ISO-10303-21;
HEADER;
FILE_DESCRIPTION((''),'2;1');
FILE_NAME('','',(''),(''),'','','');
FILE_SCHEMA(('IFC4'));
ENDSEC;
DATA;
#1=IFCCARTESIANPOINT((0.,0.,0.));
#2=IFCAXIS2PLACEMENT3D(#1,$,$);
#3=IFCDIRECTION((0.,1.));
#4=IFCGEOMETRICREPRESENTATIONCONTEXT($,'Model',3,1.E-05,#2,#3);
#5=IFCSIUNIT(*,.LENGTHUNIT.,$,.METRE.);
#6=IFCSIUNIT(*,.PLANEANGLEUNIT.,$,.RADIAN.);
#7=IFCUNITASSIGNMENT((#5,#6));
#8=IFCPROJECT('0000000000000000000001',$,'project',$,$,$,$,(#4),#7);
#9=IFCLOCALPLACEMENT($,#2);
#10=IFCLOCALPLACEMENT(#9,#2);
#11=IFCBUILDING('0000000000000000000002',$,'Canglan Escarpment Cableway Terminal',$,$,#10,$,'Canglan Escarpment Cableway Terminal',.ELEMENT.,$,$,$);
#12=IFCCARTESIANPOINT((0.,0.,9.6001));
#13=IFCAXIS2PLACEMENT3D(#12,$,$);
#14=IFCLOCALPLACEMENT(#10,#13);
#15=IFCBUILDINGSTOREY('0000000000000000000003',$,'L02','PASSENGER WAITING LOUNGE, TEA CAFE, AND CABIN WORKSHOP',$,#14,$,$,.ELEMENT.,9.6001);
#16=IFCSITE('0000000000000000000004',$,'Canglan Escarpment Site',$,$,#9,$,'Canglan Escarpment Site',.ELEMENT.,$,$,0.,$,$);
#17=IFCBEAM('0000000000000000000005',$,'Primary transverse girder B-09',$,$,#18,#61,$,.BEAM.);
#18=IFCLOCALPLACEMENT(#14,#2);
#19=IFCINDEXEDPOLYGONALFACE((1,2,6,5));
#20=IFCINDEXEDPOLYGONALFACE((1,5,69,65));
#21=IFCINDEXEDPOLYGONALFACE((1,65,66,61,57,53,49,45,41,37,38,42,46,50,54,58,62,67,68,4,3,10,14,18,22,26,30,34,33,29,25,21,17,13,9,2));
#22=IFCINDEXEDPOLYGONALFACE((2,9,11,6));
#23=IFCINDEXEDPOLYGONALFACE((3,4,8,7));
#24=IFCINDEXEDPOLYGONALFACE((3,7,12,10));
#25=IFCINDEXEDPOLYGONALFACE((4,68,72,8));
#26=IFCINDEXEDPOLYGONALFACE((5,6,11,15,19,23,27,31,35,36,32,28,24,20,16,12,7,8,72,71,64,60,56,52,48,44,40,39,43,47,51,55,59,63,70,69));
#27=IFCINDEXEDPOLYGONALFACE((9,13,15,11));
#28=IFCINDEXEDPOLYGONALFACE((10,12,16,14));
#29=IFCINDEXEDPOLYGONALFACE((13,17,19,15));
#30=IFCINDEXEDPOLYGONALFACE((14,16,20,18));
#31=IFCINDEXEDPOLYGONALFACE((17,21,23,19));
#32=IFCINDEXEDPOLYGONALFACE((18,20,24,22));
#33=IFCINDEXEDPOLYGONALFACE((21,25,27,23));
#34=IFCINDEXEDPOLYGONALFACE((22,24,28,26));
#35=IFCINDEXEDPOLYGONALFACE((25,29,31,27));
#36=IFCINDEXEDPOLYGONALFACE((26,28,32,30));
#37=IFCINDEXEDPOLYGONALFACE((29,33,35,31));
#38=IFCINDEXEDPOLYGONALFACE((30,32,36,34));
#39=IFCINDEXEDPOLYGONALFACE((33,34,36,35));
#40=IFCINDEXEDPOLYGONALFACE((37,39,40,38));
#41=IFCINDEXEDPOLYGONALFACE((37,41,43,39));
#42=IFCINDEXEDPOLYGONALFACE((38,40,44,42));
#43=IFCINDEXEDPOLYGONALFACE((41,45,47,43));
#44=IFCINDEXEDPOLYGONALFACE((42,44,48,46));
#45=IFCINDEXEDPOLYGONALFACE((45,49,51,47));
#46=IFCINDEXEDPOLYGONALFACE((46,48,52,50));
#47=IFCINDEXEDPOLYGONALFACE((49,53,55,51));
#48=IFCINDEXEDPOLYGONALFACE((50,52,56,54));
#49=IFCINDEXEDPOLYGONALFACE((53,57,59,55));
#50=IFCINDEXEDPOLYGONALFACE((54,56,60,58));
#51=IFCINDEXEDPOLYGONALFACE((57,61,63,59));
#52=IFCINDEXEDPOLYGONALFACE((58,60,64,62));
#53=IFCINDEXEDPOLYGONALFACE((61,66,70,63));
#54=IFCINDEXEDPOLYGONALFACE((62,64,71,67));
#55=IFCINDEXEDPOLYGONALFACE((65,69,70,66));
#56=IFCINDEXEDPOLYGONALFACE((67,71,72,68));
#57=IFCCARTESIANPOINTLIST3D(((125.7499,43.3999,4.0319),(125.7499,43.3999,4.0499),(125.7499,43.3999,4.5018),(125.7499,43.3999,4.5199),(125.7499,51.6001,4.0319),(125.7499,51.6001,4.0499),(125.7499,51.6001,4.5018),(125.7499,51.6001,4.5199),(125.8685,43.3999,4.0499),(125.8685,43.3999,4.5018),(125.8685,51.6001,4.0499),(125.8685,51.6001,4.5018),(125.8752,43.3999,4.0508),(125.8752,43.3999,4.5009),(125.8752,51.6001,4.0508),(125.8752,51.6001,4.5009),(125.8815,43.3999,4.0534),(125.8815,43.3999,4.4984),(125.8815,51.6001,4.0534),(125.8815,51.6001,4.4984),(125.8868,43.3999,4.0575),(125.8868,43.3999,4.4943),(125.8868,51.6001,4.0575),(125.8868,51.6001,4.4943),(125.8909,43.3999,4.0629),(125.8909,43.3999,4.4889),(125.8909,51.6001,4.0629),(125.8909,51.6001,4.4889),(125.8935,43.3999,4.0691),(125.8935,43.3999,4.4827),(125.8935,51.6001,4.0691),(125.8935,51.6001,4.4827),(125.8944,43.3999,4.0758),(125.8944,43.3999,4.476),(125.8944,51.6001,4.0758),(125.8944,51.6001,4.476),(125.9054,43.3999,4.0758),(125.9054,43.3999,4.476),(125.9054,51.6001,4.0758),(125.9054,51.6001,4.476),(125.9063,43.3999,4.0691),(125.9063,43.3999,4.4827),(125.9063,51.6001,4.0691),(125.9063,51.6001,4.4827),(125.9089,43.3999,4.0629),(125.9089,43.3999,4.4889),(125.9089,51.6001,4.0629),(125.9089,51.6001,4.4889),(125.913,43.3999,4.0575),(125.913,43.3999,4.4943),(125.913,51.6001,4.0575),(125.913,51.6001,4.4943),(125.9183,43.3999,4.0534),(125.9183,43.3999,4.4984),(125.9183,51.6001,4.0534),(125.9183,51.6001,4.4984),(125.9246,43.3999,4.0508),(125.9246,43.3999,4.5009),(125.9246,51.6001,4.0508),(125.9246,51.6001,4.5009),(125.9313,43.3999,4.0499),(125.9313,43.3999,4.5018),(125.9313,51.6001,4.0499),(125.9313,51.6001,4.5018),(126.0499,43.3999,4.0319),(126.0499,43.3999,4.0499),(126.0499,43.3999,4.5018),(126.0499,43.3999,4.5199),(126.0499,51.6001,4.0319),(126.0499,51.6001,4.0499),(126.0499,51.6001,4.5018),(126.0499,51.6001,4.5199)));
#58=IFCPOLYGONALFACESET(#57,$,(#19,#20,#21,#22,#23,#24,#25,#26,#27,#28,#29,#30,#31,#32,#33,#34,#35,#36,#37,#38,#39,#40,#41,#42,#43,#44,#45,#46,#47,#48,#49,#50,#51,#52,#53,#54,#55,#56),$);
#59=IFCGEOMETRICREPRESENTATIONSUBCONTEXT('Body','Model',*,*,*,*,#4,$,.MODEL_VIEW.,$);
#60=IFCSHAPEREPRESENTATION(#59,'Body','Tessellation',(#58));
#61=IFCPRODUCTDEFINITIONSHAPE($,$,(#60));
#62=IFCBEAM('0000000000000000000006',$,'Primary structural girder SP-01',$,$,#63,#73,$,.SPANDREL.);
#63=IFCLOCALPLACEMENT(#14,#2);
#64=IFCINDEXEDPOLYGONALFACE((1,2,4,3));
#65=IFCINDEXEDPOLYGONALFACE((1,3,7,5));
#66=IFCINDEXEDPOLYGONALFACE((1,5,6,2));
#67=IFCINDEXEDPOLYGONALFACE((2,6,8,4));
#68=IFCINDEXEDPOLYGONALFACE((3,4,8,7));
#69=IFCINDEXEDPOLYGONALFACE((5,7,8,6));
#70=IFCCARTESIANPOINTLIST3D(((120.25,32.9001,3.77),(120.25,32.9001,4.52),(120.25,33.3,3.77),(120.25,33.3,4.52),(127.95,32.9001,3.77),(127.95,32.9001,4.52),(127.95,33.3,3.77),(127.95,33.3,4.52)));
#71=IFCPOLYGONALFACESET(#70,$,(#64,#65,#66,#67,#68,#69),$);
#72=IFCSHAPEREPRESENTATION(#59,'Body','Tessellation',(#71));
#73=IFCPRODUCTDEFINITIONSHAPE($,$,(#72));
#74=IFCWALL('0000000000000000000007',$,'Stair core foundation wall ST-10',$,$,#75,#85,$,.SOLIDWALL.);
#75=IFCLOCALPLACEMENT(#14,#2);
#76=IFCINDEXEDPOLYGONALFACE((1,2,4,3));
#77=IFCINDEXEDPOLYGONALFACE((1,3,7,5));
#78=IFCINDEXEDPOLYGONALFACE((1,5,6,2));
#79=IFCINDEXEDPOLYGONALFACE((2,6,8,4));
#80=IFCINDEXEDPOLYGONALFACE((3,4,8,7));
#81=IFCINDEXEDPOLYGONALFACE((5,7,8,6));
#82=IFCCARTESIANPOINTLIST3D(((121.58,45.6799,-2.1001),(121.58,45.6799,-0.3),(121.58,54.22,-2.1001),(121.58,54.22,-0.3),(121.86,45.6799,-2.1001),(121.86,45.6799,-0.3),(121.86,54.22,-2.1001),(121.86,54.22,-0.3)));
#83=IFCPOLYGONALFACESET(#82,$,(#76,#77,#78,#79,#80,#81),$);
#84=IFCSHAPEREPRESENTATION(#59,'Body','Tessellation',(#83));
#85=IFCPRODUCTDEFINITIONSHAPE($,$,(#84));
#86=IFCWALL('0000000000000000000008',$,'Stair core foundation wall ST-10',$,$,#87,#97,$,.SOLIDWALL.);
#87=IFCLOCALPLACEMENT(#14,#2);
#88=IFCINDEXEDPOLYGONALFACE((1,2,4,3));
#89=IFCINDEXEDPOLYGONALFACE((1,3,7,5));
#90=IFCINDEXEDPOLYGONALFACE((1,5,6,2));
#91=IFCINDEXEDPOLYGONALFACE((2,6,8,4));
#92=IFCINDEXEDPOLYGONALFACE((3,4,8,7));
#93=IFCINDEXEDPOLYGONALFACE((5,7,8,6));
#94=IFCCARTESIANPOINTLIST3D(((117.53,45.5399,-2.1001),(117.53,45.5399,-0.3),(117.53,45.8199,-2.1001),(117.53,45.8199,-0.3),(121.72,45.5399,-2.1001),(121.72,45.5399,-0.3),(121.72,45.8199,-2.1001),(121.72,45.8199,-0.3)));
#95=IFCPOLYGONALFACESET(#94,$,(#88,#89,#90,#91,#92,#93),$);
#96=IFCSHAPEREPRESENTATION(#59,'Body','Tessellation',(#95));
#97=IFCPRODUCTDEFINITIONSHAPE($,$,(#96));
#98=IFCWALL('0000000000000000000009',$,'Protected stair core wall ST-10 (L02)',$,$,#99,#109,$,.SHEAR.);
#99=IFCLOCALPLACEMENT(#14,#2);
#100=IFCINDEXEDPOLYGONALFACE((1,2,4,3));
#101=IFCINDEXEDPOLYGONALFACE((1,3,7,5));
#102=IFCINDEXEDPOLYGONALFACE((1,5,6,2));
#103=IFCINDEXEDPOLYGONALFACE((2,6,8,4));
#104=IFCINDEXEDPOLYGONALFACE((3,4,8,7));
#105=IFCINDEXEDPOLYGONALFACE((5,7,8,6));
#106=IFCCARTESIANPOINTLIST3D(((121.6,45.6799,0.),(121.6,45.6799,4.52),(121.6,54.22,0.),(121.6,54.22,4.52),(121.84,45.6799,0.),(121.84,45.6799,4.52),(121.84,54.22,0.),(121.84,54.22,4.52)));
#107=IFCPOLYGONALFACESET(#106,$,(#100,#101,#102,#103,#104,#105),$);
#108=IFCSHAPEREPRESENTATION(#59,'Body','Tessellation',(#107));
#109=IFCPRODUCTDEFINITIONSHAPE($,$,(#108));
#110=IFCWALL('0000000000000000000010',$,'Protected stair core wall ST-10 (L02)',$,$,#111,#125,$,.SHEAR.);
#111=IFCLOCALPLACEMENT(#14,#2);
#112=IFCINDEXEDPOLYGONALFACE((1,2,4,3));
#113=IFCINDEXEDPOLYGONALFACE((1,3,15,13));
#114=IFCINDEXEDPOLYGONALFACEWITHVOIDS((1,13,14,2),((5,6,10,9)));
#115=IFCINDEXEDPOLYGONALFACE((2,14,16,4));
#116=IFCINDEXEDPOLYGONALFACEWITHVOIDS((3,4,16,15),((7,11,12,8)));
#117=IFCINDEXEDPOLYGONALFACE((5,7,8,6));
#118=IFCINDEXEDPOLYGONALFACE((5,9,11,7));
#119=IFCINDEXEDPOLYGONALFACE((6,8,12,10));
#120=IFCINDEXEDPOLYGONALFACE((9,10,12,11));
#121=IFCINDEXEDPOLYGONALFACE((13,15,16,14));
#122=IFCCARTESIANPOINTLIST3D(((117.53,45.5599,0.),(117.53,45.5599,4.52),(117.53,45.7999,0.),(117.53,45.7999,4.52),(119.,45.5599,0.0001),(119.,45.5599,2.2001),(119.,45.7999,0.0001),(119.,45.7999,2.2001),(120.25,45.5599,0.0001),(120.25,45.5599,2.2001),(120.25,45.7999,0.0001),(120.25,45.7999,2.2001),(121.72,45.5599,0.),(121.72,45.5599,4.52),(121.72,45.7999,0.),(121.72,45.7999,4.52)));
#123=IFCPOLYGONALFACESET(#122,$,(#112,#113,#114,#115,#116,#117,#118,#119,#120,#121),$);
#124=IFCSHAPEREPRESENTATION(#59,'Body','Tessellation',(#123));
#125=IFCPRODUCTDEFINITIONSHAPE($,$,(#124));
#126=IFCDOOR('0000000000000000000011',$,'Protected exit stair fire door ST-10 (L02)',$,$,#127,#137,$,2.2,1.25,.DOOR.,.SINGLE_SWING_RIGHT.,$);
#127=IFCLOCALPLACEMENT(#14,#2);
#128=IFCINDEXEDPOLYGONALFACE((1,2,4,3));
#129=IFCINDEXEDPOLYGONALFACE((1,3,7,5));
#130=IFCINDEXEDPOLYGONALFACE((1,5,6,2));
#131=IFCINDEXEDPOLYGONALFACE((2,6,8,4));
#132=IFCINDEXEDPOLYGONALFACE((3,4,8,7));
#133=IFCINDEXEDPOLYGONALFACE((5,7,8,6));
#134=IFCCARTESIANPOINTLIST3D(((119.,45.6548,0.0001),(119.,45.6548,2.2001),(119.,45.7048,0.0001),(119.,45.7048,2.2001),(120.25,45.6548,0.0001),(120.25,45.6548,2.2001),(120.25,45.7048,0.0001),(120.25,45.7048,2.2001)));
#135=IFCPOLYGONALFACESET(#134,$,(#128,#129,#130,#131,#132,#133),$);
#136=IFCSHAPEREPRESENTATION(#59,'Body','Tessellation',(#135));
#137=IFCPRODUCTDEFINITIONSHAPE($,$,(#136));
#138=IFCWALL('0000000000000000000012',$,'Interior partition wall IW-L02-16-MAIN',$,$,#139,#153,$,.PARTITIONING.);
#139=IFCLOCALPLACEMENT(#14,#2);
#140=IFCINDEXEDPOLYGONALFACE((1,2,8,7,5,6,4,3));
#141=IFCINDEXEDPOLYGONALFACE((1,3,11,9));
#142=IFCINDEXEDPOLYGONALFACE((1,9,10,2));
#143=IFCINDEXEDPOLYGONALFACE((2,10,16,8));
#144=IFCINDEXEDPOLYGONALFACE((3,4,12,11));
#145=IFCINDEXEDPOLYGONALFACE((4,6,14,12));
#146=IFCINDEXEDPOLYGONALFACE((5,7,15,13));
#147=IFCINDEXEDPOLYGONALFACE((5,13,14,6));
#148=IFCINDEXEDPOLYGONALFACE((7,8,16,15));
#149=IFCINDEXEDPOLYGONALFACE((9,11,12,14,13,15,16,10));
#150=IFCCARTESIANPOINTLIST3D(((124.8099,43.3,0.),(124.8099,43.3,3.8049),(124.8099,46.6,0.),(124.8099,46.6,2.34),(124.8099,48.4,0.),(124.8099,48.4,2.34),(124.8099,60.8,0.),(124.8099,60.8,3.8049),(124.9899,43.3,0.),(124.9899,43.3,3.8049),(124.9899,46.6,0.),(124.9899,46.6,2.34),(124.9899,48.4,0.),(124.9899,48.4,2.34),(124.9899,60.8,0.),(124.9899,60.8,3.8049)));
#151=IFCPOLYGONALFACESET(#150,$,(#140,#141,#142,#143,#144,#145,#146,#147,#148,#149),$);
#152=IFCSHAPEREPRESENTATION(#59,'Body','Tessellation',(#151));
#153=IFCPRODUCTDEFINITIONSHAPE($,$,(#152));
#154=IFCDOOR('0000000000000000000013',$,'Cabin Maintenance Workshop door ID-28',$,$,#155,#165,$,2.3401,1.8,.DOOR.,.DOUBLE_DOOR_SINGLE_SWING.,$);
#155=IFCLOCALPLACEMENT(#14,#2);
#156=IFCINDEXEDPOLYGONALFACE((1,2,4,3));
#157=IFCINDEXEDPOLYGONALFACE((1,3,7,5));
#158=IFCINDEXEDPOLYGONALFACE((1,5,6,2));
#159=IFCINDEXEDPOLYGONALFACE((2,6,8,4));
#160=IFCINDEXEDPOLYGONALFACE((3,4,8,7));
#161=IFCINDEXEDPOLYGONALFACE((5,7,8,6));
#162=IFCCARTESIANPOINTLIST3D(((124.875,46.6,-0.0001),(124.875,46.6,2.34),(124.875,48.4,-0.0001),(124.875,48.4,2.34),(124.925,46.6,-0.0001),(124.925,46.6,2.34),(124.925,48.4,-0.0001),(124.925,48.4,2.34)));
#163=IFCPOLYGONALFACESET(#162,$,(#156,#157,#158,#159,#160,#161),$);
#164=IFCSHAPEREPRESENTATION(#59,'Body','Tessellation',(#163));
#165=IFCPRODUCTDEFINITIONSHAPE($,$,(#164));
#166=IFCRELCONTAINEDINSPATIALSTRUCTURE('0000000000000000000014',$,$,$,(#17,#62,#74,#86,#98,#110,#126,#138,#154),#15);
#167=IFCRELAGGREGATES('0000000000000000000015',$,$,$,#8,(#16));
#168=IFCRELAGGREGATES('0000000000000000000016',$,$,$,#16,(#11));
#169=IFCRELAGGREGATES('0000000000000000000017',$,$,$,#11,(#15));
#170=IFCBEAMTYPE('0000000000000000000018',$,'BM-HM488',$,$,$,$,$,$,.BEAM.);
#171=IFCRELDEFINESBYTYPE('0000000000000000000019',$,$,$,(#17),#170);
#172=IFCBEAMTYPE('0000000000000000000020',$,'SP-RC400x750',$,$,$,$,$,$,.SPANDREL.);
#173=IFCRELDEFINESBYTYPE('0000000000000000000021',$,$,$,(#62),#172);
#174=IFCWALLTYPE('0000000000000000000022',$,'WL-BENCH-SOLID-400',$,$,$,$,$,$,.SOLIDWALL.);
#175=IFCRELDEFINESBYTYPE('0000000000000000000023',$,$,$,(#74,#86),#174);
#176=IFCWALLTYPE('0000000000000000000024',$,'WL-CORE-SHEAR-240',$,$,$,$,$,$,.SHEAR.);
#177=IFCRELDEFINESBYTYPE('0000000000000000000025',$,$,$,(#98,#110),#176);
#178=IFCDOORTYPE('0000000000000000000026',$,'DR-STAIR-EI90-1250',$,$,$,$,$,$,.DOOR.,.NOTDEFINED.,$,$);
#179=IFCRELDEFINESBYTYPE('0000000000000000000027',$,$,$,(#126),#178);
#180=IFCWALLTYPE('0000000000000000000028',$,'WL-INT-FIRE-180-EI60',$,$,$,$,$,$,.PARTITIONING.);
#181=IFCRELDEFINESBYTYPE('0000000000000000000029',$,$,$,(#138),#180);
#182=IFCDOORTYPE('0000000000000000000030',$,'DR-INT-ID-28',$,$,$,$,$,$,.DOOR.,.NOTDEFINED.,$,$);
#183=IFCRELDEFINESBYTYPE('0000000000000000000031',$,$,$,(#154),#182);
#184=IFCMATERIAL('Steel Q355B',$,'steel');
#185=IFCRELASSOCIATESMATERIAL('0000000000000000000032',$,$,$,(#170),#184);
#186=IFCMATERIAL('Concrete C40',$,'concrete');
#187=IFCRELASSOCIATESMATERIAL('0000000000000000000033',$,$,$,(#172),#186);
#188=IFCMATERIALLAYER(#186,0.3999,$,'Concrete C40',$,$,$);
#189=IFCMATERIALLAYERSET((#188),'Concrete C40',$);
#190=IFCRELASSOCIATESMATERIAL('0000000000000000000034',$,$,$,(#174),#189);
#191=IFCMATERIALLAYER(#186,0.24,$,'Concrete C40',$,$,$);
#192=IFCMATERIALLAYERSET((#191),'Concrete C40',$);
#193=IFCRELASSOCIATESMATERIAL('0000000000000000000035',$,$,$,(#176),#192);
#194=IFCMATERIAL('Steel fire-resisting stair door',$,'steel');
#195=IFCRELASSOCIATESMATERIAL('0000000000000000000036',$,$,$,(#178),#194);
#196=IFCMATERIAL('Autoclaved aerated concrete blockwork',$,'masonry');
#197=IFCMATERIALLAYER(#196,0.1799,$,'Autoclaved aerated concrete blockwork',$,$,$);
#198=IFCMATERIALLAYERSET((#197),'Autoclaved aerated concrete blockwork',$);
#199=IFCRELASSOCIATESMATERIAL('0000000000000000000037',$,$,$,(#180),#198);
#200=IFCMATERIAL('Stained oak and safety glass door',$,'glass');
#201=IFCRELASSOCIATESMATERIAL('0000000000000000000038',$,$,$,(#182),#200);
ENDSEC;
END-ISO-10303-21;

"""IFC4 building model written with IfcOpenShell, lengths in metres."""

from ifc_helpers import new_model, si_unit, direction, frame, frame_2d, origin, origin_2d, place, context, subcontext, project, spatial, rectangle, i_section, extrude, material, layer, layer_set, material_profile, profile_set, type_object, element, fill, save


model = new_model("IFC4")

# Units and contexts
model_context = context("Model", 3, precision=1e-05, world=origin(), true_north=direction((0.0, 1.0)))
body_context = subcontext(model_context, "Body", "Model", "MODEL_VIEW")
ifc_project = project(units=[si_unit("LENGTHUNIT", "METRE"), si_unit("PLANEANGLEUNIT", "RADIAN")], contexts=[model_context])

# Site, building, storey
site_placement = place(None, origin())
site = spatial("IfcSite", under=ifc_project, at=site_placement, Name="Canglan Escarpment Site", LongName="Canglan Escarpment Site", CompositionType="ELEMENT", RefElevation=0.0)
building_placement = place(site_placement, origin())
building = spatial("IfcBuilding", under=site, at=building_placement, Name="Canglan Escarpment Cableway Terminal", LongName="Canglan Escarpment Cableway Terminal", CompositionType="ELEMENT")
storey_placement = place(building_placement, frame((0.0, 0.0, 9.6001)))
storey = spatial("IfcBuildingStorey", under=building, at=storey_placement, Name="L02", Description="PASSENGER WAITING LOUNGE, TEA CAFE, AND CABIN WORKSHOP", CompositionType="ELEMENT", Elevation=9.6001)

# Shared definitions
ifc_material_1 = material(Name="Concrete C40", Category="concrete")

# Beams
ifc_material_2 = material(Name="Steel Q355B", Category="steel")
ifc_material_profile_1 = material_profile(ifc_material_2, i_section(OverallWidth=0.3, OverallDepth=0.488, WebThickness=0.011, FlangeThickness=0.0181, FilletRadius=0.0259, at=origin_2d()), Name="HM 488x300x11x18")
ifc_profile_set_1 = profile_set([ifc_material_profile_1], Name="Steel Q355B")
beam_type_1 = type_object("IfcBeamType", Name="BM-HM488", PredefinedType="BEAM", material=ifc_profile_set_1)
beam_1_placement = place(storey_placement, frame((125.8999, 43.3999, 4.2759), z_axis=(0.0, 1.0, 0.0), x_axis=(-1.0, 0.0, 0.0)))
element("IfcBeam", 1, at=beam_1_placement, inside=storey, type_object=beam_type_1, Name="Primary transverse girder B-09", PredefinedType="BEAM", context=body_context, shape_type="SweptSolid", body=[
    extrude(i_section(OverallWidth=0.3, OverallDepth=0.488, WebThickness=0.011, FlangeThickness=0.0181, FilletRadius=0.0259, at=origin_2d()), origin(), (0.0, 0.0, 1.0), 8.2002),
])
ifc_material_profile_2 = material_profile(ifc_material_1, rectangle(XDim=0.3999, YDim=0.75, at=origin_2d()), Name="RC 400x750")
ifc_profile_set_2 = profile_set([ifc_material_profile_2], Name="Concrete C40")
beam_type_2 = type_object("IfcBeamType", Name="SP-RC400x750", PredefinedType="SPANDREL", material=ifc_profile_set_2)
beam_2_placement = place(storey_placement, frame((120.25, 33.1001, 4.145), z_axis=(1.0, 0.0, 0.0), x_axis=(0.0, 1.0, 0.0)))
element("IfcBeam", 2, at=beam_2_placement, inside=storey, type_object=beam_type_2, Name="Primary structural girder SP-01", PredefinedType="SPANDREL", context=body_context, shape_type="SweptSolid", body=[
    extrude(rectangle(XDim=0.3999, YDim=0.75, at=origin_2d()), origin(), (0.0, 0.0, 1.0), 7.7),
])

# Walls
ifc_layer_1 = layer(ifc_material_1, 0.3999, Name="Concrete C40")
ifc_layer_set_1 = layer_set([ifc_layer_1], Name="Concrete C40")
wall_type_1 = type_object("IfcWallType", Name="WL-BENCH-SOLID-400", PredefinedType="SOLIDWALL", material=ifc_layer_set_1)
wall_1_placement = place(storey_placement, frame((121.72, 45.6799, -2.1001), z_axis=(0.0, 0.0, 1.0), x_axis=(0.0, 1.0, 0.0)))
element("IfcWall", 3, at=wall_1_placement, inside=storey, type_object=wall_type_1, Name="Stair core foundation wall ST-10", PredefinedType="SOLIDWALL", context=body_context, shape_type="SweptSolid", body=[
    extrude(rectangle(XDim=8.54, YDim=0.28, at=frame_2d((4.27, 0.0))), origin(), (0.0, 0.0, 1.0), 1.8),
])
wall_2_placement = place(storey_placement, frame((117.53, 45.6799, -2.1001), z_axis=(0.0, 0.0, 1.0), x_axis=(1.0, 0.0, 0.0)))
element("IfcWall", 4, at=wall_2_placement, inside=storey, type_object=wall_type_1, Name="Stair core foundation wall ST-10", PredefinedType="SOLIDWALL", context=body_context, shape_type="SweptSolid", body=[
    extrude(rectangle(XDim=4.1899, YDim=0.28, at=frame_2d((2.095, 0.0))), origin(), (0.0, 0.0, 1.0), 1.8),
])
ifc_layer_2 = layer(ifc_material_1, 0.24, Name="Concrete C40")
ifc_layer_set_2 = layer_set([ifc_layer_2], Name="Concrete C40")
wall_type_2 = type_object("IfcWallType", Name="WL-CORE-SHEAR-240", PredefinedType="SHEAR", material=ifc_layer_set_2)
wall_3_placement = place(storey_placement, frame((121.72, 45.6799, 0.0), z_axis=(0.0, 0.0, 1.0), x_axis=(0.0, 1.0, 0.0)))
element("IfcWall", 5, at=wall_3_placement, inside=storey, type_object=wall_type_2, Name="Protected stair core wall ST-10 (L02)", PredefinedType="SHEAR", context=body_context, shape_type="SweptSolid", body=[
    extrude(rectangle(XDim=8.54, YDim=0.24, at=frame_2d((4.27, 0.0))), origin(), (0.0, 0.0, 1.0), 4.52),
])

# Walls, openings, doors
wall_4_placement = place(storey_placement, frame((117.53, 45.6799, 0.0), z_axis=(0.0, 0.0, 1.0), x_axis=(1.0, 0.0, 0.0)))
wall_4 = element("IfcWall", 6, at=wall_4_placement, inside=storey, type_object=wall_type_2, Name="Protected stair core wall ST-10 (L02)", PredefinedType="SHEAR", context=body_context, shape_type="SweptSolid", body=[
    extrude(rectangle(XDim=4.1899, YDim=0.24, at=frame_2d((2.095, 0.0))), origin(), (0.0, 0.0, 1.0), 4.52),
])
opening_1_placement = place(wall_4_placement, frame((1.47, 0.0, 0.0)))
opening_1 = element("IfcOpeningElement", 7, at=opening_1_placement, cuts=wall_4, PredefinedType="OPENING", context=body_context, shape_type="SweptSolid", body=[
    extrude(rectangle(XDim=1.25, YDim=2.2, at=frame_2d((0.625, 1.1001))), frame((0.0, 0.1299, 0.0), z_axis=(0.0, -1.0, 0.0), x_axis=(1.0, 0.0, 0.0)), (0.0, 0.0, 1.0), 0.26),
])
ifc_material_3 = material(Name="Steel fire-resisting stair door", Category="steel")
door_type_1 = type_object("IfcDoorType", Name="DR-STAIR-EI90-1250", OperationType="NOTDEFINED", PredefinedType="DOOR", material=ifc_material_3)
door_1_placement = place(opening_1_placement, origin())
door_1 = element("IfcDoor", 8, at=door_1_placement, inside=storey, type_object=door_type_1, Name="Protected exit stair fire door ST-10 (L02)", OperationType="SINGLE_SWING_RIGHT", OverallHeight=2.2, OverallWidth=1.25, PredefinedType="DOOR", context=body_context, shape_type="SweptSolid", body=[
    extrude(rectangle(XDim=1.25, YDim=2.2, at=frame_2d((0.625, 1.1001))), frame((0.0, 0.0249, 0.0), z_axis=(0.0, -1.0, 0.0), x_axis=(1.0, 0.0, 0.0)), (0.0, 0.0, 1.0), 0.05),
])
fill(opening_1, door_1)
ifc_material_4 = material(Name="Autoclaved aerated concrete blockwork", Category="masonry")
ifc_layer_3 = layer(ifc_material_4, 0.1799, Name="Autoclaved aerated concrete blockwork")
ifc_layer_set_3 = layer_set([ifc_layer_3], Name="Autoclaved aerated concrete blockwork")
wall_type_3 = type_object("IfcWallType", Name="WL-INT-FIRE-180-EI60", PredefinedType="PARTITIONING", material=ifc_layer_set_3)
wall_5_placement = place(storey_placement, frame((124.8999, 43.3, 0.0), z_axis=(0.0, 0.0, 1.0), x_axis=(0.0, 1.0, 0.0)))
wall_5 = element("IfcWall", 9, at=wall_5_placement, inside=storey, type_object=wall_type_3, Name="Interior partition wall IW-L02-16-MAIN", PredefinedType="PARTITIONING", context=body_context, shape_type="SweptSolid", body=[
    extrude(rectangle(XDim=17.5, YDim=0.1799, at=frame_2d((8.75, 0.0))), origin(), (0.0, 0.0, 1.0), 3.8049),
])
opening_2_placement = place(wall_5_placement, frame((3.3, 0.0, 0.0)))
opening_2 = element("IfcOpeningElement", 10, at=opening_2_placement, cuts=wall_5, PredefinedType="OPENING", context=body_context, shape_type="SweptSolid", body=[
    extrude(rectangle(XDim=1.8, YDim=2.3401, at=frame_2d((0.8999, 1.1699))), frame((0.0, 0.1001, 0.0), z_axis=(0.0, -1.0, 0.0), x_axis=(1.0, 0.0, 0.0)), (0.0, 0.0, 1.0), 0.2),
])
ifc_material_5 = material(Name="Stained oak and safety glass door", Category="glass")
door_type_2 = type_object("IfcDoorType", Name="DR-INT-ID-28", OperationType="NOTDEFINED", PredefinedType="DOOR", material=ifc_material_5)
door_2_placement = place(opening_2_placement, origin())
door_2 = element("IfcDoor", 11, at=door_2_placement, inside=storey, type_object=door_type_2, Name="Cabin Maintenance Workshop door ID-28", OperationType="DOUBLE_DOOR_SINGLE_SWING", OverallHeight=2.3401, OverallWidth=1.8, PredefinedType="DOOR", context=body_context, shape_type="SweptSolid", body=[
    extrude(rectangle(XDim=1.8, YDim=2.3401, at=frame_2d((0.8999, 1.1699))), frame((0.0, 0.0249, 0.0), z_axis=(0.0, -1.0, 0.0), x_axis=(1.0, 0.0, 0.0)), (0.0, 0.0, 1.0), 0.05),
])
fill(opening_2, door_2)

save(model, "model.ifc")
